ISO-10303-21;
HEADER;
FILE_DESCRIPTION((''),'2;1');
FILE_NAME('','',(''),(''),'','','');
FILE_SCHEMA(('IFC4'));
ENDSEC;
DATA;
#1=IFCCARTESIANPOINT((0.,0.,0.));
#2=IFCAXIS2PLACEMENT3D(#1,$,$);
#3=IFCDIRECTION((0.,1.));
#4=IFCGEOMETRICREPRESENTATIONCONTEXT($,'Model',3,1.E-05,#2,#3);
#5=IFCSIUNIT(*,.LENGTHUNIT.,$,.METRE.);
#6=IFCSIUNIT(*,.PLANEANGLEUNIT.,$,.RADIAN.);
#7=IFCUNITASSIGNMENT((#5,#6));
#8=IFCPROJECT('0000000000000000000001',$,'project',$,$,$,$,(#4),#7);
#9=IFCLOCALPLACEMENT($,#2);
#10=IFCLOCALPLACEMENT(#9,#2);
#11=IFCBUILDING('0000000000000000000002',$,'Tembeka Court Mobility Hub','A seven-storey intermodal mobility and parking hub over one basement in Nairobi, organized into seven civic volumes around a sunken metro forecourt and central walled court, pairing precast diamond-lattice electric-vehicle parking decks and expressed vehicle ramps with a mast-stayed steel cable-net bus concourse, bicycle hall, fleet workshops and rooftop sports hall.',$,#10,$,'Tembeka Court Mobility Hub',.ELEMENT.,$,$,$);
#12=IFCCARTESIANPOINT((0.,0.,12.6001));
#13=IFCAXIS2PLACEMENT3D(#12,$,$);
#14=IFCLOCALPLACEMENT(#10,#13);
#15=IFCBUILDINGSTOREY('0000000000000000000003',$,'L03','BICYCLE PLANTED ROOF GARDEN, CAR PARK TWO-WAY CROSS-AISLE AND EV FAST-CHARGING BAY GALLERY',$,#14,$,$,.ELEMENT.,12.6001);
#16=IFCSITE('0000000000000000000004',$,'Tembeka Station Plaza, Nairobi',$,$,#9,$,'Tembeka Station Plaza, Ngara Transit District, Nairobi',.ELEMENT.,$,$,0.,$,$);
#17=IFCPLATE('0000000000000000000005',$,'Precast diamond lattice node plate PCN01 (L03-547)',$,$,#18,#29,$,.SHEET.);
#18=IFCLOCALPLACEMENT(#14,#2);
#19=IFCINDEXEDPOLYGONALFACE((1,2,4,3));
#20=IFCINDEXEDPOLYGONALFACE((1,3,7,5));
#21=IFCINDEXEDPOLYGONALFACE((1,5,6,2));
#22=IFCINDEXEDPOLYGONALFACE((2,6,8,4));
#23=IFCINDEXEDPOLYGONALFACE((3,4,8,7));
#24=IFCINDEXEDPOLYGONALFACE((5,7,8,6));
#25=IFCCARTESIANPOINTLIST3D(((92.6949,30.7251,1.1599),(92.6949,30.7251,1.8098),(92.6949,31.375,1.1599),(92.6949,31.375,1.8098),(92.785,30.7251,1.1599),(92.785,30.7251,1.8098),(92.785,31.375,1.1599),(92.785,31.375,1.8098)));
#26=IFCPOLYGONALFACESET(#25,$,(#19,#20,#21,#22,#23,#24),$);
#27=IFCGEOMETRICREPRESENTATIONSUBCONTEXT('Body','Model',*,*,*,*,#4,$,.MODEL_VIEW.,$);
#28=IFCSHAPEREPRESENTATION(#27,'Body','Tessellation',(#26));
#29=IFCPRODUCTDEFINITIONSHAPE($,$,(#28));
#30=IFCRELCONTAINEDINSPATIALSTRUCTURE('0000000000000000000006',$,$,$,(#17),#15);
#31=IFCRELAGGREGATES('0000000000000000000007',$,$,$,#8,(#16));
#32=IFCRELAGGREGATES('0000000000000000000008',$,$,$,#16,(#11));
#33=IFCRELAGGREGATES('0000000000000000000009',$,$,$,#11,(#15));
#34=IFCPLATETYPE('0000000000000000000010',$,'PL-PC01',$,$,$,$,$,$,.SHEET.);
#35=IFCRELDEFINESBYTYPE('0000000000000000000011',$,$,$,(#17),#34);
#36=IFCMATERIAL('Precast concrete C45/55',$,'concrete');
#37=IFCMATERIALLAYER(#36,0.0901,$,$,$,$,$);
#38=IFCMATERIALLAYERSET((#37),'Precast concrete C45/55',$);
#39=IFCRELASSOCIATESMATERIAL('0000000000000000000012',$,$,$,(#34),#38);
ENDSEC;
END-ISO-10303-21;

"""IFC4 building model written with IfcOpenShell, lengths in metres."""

from ifc_helpers import new_model, si_unit, direction, frame, origin, origin_2d, place, context, subcontext, project, spatial, rectangle, extrude, material, layer, layer_set, type_object, element, save


model = new_model("IFC4")

# Units and contexts
model_context = context("Model", 3, precision=1e-05, world=origin(), true_north=direction((0.0, 1.0)))
body_context = subcontext(model_context, "Body", "Model", "MODEL_VIEW")
ifc_project = project(units=[si_unit("LENGTHUNIT", "METRE"), si_unit("PLANEANGLEUNIT", "RADIAN")], contexts=[model_context])

# Site, building, storey
site_placement = place(None, origin())
site = spatial("IfcSite", under=ifc_project, at=site_placement, Name="Tembeka Station Plaza, Nairobi", LongName="Tembeka Station Plaza, Ngara Transit District, Nairobi", CompositionType="ELEMENT", RefElevation=0.0)
building_placement = place(site_placement, origin())
building = spatial("IfcBuilding", under=site, at=building_placement, Name="Tembeka Court Mobility Hub", Description="A seven-storey intermodal mobility and parking hub over one basement in Nairobi, organized into seven civic volumes around a sunken metro forecourt and central walled court, pairing precast diamond-lattice electric-vehicle parking decks and expressed vehicle ramps with a mast-stayed steel cable-net bus concourse, bicycle hall, fleet workshops and rooftop sports hall.", LongName="Tembeka Court Mobility Hub", CompositionType="ELEMENT")
storey_placement = place(building_placement, frame((0.0, 0.0, 12.6001)))
storey = spatial("IfcBuildingStorey", under=building, at=storey_placement, Name="L03", Description="BICYCLE PLANTED ROOF GARDEN, CAR PARK TWO-WAY CROSS-AISLE AND EV FAST-CHARGING BAY GALLERY", CompositionType="ELEMENT", Elevation=12.6001)

# Shared definitions
ifc_material_1 = material(Name="Precast concrete C45/55", Category="concrete")

# Plate
ifc_layer_1 = layer(ifc_material_1, 0.0901)
ifc_layer_set_1 = layer_set([ifc_layer_1], Name="Precast concrete C45/55")
plate_type_1 = type_object("IfcPlateType", Name="PL-PC01", PredefinedType="SHEET", material=ifc_layer_set_1)
for number, where, z_axis, x_axis, name in (
    (1, (92.74, 31.05, 1.1599), (0.0, 0.0, 1.0), (1.0, 0.0, 0.0), "Precast diamond lattice node plate PCN01 (L03-547)"),
):
    element("IfcPlate", number, at=place(storey_placement, frame(where, z_axis=z_axis, x_axis=x_axis)), inside=storey, type_object=plate_type_1, Name=name, PredefinedType="SHEET", context=body_context, shape_type="SweptSolid", body=[
        extrude(rectangle(XDim=0.0901, YDim=0.6499, at=origin_2d()), origin(), (0.0, 0.0, 1.0), 0.6499),
    ])

save(model, "model.ifc")
